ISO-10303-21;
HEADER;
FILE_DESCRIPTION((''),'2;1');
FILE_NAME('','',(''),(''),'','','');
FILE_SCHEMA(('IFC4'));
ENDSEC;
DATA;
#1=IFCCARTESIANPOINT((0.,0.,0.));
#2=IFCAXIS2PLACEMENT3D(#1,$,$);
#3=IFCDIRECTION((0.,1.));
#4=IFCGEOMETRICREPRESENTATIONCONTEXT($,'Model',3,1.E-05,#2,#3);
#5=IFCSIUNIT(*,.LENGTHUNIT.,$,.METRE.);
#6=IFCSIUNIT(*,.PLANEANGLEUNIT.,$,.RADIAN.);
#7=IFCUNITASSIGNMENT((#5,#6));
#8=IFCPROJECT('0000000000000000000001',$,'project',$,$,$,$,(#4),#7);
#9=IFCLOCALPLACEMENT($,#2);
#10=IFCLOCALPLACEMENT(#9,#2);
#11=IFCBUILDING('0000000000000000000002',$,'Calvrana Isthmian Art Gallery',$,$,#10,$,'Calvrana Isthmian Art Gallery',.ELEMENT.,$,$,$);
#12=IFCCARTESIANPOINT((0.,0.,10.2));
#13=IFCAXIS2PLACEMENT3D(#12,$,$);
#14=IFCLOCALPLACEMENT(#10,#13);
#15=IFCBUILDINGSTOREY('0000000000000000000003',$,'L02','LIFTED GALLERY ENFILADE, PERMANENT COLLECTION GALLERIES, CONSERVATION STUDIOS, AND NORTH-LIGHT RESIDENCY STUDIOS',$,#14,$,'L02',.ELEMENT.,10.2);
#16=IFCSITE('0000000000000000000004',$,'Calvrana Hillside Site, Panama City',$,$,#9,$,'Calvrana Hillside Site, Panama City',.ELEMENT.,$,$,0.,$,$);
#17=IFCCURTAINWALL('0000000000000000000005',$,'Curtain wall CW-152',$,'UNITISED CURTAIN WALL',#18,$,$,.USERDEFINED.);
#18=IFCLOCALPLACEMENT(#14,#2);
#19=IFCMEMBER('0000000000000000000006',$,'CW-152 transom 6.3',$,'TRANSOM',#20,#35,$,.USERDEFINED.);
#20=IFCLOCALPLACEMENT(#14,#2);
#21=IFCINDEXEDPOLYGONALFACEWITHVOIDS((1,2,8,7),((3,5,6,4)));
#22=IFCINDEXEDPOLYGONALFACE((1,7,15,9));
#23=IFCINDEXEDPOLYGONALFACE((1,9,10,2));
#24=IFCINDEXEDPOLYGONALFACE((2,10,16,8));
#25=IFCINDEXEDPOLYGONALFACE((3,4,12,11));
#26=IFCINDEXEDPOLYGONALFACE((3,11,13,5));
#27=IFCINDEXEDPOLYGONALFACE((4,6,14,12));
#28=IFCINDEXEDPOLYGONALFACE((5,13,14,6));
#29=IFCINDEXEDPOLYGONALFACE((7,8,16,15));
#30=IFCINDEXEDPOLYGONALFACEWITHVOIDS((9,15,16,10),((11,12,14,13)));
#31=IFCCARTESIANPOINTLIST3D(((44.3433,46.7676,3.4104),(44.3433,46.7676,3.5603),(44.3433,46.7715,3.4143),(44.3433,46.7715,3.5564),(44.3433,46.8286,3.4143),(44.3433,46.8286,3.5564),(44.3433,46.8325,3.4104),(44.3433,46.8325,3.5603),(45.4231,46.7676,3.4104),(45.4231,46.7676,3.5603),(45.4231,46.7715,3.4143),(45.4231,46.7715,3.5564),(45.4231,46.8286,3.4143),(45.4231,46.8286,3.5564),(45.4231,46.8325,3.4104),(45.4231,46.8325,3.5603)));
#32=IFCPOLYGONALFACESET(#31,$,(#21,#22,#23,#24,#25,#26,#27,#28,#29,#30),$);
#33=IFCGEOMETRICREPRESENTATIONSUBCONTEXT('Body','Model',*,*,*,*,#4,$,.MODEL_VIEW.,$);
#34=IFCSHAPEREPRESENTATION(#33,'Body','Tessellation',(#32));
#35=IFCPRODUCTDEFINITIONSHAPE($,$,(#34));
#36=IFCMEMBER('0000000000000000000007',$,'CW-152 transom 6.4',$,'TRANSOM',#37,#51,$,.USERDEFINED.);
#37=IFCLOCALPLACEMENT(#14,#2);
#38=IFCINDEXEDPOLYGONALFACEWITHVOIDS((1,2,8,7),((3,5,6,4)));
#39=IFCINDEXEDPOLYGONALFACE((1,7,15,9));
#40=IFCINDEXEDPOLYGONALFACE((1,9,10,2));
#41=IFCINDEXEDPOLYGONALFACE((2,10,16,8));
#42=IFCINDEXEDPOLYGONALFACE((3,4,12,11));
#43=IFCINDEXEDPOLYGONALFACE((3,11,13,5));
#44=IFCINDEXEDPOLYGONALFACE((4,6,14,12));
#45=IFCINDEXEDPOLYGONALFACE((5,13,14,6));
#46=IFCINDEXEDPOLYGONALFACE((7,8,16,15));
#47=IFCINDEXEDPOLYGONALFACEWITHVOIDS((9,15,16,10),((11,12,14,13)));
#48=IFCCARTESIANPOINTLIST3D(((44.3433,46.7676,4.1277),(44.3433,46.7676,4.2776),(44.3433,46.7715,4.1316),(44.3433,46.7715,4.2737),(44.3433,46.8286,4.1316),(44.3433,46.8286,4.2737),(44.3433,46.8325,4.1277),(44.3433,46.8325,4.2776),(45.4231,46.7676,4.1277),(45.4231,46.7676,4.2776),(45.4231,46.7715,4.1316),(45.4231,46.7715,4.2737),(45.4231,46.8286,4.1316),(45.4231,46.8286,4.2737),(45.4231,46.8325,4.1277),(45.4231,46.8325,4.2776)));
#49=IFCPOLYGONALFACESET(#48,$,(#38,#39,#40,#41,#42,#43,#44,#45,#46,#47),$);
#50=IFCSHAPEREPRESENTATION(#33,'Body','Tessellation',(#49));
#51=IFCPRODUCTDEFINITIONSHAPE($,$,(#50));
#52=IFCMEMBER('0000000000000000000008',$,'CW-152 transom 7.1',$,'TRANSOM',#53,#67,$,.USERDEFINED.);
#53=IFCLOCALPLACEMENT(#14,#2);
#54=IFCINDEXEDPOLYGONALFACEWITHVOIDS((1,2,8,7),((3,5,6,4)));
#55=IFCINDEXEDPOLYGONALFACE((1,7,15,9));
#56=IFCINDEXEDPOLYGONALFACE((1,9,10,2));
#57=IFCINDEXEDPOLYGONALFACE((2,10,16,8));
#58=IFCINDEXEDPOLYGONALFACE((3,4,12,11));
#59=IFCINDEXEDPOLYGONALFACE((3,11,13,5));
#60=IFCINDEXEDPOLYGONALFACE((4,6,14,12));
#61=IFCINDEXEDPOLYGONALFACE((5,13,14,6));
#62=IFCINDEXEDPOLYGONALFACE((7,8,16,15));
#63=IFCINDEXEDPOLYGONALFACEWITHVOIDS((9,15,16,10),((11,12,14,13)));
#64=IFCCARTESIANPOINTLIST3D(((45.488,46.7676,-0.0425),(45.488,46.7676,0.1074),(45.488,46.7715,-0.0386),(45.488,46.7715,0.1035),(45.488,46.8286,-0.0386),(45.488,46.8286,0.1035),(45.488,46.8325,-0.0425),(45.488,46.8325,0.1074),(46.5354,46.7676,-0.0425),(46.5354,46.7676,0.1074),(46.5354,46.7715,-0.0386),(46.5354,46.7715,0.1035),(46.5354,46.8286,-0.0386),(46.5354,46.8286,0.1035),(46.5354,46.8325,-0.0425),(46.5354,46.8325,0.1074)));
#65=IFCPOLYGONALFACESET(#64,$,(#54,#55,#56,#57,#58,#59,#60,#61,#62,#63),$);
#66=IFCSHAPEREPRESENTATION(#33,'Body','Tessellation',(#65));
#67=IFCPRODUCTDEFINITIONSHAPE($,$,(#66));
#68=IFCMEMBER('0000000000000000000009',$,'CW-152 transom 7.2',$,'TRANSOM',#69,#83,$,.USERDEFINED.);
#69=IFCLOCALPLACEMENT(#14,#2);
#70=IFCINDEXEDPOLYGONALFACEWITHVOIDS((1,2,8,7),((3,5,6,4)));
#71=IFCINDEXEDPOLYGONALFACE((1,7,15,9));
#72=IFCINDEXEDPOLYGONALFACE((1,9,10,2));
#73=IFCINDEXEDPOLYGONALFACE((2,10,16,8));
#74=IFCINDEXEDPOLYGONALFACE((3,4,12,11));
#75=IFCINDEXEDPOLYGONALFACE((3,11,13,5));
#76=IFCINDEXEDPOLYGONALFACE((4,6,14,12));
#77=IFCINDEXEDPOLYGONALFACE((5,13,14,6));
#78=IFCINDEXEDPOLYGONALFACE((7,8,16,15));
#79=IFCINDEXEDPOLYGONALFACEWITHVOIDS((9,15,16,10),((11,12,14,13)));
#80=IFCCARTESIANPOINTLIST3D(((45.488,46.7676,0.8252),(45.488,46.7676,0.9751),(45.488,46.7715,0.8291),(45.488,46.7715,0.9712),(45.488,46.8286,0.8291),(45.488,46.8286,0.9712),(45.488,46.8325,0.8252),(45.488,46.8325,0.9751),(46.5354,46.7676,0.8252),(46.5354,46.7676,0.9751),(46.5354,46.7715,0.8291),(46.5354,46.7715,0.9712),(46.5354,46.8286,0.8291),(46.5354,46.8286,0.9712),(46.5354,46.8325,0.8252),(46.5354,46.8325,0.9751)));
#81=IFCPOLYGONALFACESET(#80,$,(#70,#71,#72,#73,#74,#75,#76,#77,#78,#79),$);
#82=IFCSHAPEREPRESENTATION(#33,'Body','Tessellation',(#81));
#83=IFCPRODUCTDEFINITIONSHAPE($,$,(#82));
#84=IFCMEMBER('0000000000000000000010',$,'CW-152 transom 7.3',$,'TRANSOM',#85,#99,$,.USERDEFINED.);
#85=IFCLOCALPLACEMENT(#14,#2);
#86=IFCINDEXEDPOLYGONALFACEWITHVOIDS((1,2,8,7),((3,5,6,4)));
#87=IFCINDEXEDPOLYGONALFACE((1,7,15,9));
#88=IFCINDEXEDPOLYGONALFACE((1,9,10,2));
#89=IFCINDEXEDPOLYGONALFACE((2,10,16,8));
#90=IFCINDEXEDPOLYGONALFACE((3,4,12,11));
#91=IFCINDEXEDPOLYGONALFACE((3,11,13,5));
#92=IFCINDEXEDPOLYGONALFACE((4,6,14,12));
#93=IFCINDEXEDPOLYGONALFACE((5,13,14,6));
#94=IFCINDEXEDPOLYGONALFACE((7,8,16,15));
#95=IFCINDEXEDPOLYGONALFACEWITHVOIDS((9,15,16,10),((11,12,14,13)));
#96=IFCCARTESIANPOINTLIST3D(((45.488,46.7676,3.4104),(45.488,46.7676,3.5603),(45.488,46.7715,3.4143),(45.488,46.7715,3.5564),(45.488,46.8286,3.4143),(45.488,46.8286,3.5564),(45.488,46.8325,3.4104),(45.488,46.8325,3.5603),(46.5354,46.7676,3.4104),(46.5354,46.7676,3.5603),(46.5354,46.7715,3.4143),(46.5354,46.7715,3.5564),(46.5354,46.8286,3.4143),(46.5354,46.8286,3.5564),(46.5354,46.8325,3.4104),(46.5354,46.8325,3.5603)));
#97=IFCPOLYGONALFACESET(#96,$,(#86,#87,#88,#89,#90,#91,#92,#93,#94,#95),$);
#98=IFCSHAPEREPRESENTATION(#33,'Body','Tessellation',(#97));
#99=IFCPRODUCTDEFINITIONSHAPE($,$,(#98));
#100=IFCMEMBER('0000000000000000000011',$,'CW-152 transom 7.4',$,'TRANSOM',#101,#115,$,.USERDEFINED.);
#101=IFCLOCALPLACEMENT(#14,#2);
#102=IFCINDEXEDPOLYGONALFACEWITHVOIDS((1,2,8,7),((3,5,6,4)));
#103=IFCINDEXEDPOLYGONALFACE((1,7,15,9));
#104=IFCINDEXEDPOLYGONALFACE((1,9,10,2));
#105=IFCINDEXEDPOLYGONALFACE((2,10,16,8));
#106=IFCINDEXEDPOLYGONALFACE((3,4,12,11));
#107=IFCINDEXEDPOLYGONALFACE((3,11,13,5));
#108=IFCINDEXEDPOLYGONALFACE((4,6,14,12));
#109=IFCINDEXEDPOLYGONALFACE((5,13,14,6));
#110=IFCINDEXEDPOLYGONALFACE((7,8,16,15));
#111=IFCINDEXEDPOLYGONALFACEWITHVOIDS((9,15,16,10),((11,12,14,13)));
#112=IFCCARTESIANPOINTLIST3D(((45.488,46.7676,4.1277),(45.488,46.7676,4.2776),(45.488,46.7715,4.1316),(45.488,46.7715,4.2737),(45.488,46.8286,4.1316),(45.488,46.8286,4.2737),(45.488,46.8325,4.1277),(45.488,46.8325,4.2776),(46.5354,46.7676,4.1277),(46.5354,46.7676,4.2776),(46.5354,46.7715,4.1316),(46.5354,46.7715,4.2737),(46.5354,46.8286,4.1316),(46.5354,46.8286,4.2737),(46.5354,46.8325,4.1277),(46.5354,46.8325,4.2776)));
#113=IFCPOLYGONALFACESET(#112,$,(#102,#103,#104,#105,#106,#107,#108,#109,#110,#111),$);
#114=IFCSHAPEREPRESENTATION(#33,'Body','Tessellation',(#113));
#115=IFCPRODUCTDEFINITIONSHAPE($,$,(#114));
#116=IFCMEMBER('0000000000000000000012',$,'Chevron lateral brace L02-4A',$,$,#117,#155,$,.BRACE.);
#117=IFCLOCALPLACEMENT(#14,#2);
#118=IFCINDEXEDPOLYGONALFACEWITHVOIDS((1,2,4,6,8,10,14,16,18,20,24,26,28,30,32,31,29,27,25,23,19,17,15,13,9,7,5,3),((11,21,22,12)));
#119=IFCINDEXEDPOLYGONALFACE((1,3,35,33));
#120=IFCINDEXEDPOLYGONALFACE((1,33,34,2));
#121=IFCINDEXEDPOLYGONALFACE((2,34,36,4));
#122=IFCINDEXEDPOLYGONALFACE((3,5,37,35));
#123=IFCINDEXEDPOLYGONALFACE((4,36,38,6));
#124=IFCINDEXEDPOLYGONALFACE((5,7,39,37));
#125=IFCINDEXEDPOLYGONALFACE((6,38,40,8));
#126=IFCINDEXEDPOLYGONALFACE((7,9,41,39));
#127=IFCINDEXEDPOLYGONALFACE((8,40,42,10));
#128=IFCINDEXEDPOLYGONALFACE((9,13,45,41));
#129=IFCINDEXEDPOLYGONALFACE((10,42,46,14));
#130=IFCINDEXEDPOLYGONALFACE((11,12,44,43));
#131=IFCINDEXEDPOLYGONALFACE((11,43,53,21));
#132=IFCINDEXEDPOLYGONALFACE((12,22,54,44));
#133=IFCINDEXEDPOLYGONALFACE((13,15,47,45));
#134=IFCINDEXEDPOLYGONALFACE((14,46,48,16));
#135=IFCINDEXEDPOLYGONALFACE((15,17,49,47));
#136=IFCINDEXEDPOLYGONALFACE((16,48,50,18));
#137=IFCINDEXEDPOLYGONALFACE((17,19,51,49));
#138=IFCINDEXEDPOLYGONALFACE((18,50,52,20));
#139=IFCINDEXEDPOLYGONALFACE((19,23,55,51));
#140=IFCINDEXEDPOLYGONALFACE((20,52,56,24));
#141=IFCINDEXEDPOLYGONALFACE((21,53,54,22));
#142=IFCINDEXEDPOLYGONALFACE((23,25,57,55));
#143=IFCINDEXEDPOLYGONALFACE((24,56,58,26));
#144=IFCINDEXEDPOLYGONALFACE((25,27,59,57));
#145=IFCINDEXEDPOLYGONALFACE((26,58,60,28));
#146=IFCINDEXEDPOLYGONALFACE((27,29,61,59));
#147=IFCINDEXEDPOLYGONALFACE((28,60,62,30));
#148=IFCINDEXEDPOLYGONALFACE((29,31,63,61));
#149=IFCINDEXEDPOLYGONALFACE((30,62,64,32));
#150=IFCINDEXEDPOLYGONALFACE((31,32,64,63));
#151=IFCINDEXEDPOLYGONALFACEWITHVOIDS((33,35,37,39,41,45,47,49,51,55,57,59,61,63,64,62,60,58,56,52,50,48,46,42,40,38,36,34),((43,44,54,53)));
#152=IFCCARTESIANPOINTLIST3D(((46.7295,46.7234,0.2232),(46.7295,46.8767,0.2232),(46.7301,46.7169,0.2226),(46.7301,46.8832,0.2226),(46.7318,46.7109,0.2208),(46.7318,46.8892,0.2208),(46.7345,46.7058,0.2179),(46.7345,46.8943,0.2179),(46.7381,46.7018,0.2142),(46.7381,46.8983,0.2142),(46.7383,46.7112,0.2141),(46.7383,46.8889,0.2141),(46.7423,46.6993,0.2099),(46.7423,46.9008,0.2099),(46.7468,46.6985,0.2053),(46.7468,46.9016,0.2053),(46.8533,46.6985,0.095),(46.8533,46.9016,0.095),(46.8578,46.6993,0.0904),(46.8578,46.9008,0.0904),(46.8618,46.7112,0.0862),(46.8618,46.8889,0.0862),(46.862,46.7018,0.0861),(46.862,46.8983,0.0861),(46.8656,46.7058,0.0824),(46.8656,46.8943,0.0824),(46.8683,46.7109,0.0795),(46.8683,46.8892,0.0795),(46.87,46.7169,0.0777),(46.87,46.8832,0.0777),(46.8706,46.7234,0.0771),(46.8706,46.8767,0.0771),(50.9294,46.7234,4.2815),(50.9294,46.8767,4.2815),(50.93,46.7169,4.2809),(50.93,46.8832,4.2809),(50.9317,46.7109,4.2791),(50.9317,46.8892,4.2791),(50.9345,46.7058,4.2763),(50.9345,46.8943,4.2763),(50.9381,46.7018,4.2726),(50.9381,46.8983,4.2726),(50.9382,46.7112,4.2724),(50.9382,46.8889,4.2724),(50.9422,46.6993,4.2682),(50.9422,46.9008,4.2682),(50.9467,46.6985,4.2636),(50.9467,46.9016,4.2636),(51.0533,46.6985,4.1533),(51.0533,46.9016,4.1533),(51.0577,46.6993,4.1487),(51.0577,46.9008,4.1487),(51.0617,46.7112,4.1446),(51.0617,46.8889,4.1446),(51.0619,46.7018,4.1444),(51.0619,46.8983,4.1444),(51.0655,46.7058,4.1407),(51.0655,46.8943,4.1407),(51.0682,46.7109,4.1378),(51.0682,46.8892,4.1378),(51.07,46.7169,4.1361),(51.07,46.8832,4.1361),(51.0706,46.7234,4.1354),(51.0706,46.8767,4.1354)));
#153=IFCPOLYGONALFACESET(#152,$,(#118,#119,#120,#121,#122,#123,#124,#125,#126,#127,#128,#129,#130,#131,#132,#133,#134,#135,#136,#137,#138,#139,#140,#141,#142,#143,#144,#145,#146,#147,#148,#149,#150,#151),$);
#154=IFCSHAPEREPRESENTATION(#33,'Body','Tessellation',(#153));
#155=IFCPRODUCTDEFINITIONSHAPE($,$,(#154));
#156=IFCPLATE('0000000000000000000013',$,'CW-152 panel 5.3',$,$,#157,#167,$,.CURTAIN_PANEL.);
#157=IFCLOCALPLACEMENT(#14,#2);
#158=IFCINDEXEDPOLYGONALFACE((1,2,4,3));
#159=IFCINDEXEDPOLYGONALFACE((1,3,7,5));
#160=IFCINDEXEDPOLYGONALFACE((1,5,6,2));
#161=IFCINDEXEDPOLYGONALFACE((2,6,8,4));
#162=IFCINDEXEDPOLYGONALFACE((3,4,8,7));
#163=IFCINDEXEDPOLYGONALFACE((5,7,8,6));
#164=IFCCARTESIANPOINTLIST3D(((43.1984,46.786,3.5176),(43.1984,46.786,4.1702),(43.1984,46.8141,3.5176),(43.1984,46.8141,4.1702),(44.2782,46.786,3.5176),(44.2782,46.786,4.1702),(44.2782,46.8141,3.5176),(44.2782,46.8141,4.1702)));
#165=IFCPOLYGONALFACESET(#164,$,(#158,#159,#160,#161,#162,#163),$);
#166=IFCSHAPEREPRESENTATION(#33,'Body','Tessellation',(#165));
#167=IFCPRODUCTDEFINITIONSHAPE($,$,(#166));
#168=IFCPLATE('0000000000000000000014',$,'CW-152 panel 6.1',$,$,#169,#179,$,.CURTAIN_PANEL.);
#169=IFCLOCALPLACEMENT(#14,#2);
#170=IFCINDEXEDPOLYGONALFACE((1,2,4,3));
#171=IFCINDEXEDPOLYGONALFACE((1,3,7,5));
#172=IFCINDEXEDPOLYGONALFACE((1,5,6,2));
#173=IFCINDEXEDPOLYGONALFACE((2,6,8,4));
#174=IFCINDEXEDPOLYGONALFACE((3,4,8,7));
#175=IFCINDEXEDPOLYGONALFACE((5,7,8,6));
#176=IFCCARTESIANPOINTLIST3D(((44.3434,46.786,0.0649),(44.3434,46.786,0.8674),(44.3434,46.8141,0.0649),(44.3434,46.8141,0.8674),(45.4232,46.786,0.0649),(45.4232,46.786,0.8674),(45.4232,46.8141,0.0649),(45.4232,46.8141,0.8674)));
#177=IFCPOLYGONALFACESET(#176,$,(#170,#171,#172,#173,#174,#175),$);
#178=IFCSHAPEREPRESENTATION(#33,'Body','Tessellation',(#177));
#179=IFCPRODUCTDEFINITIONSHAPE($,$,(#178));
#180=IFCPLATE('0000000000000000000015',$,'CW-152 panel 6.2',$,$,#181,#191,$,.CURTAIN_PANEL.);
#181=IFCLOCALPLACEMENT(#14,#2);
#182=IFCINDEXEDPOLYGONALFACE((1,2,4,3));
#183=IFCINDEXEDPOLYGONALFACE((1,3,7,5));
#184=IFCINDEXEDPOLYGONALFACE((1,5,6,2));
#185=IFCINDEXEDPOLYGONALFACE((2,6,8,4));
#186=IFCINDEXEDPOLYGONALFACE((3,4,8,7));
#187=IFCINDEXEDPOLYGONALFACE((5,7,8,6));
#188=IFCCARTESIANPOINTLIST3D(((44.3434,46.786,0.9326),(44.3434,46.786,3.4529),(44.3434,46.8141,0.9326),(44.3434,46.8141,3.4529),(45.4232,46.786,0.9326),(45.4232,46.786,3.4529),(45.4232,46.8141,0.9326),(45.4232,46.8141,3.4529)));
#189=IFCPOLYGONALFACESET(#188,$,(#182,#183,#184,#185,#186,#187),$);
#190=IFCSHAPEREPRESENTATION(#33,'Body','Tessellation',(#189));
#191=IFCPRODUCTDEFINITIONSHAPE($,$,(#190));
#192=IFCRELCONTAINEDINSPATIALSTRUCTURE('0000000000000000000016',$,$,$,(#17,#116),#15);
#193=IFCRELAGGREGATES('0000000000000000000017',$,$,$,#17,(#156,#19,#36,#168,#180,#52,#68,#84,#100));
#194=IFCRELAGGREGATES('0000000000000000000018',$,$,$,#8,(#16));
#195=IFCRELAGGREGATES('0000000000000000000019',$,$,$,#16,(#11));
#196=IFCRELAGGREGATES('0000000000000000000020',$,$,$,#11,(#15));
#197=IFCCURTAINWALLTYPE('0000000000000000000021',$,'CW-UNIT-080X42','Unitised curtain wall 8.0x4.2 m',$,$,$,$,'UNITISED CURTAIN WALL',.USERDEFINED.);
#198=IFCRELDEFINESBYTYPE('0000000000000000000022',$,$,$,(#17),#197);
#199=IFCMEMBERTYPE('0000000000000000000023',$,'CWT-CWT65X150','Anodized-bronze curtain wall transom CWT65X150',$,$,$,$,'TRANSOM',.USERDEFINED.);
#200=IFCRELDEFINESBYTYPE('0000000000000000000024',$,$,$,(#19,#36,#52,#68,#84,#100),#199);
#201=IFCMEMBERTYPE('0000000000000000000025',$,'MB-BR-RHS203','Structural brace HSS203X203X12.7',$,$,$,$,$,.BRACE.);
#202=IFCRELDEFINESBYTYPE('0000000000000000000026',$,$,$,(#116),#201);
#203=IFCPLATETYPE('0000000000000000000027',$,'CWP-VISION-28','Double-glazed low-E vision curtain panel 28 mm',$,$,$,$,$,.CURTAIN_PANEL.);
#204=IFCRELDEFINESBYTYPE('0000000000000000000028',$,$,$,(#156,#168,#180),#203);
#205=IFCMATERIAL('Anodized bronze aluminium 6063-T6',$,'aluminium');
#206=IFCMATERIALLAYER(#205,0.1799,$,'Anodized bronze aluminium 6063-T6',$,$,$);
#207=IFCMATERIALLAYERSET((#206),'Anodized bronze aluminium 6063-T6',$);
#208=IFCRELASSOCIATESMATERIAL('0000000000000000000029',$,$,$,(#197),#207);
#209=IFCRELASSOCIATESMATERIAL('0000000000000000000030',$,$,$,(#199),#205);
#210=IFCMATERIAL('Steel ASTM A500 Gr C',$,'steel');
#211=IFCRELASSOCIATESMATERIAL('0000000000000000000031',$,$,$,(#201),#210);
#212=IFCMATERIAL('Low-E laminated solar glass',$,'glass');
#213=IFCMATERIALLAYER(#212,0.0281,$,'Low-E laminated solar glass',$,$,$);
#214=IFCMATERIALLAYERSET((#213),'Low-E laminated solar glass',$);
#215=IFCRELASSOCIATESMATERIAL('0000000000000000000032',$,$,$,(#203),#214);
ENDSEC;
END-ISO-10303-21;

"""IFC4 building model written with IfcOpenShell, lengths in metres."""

from ifc_helpers import new_model, si_unit, direction, frame, origin, origin_2d, place, context, subcontext, project, spatial, rectangle, hollow_rectangle, extrude, material, layer, layer_set, material_profile, profile_set, type_object, element, aggregate, save


model = new_model("IFC4")

# Units and contexts
model_context = context("Model", 3, precision=1e-05, world=origin(), true_north=direction((0.0, 1.0)))
body_context = subcontext(model_context, "Body", "Model", "MODEL_VIEW")
ifc_project = project(units=[si_unit("LENGTHUNIT", "METRE"), si_unit("PLANEANGLEUNIT", "RADIAN")], contexts=[model_context])

# Site, building, storey
site_placement = place(None, origin())
site = spatial("IfcSite", under=ifc_project, at=site_placement, Name="Calvrana Hillside Site, Panama City", LongName="Calvrana Hillside Site, Panama City", CompositionType="ELEMENT", RefElevation=0.0)
building_placement = place(site_placement, origin())
building = spatial("IfcBuilding", under=site, at=building_placement, Name="Calvrana Isthmian Art Gallery", LongName="Calvrana Isthmian Art Gallery", CompositionType="ELEMENT")
storey_placement = place(building_placement, frame((0.0, 0.0, 10.2)))
storey = spatial("IfcBuildingStorey", under=building, at=storey_placement, Name="L02", Description="LIFTED GALLERY ENFILADE, PERMANENT COLLECTION GALLERIES, CONSERVATION STUDIOS, AND NORTH-LIGHT RESIDENCY STUDIOS", LongName="L02", CompositionType="ELEMENT", Elevation=10.2)

# Shared definitions
ifc_material_1 = material(Name="Steel ASTM A500 Gr C", Category="steel")

# Curtain wall, members
ifc_material_2 = material(Name="Anodized bronze aluminium 6063-T6", Category="aluminium")
ifc_layer_1 = layer(ifc_material_2, 0.1799, Name="Anodized bronze aluminium 6063-T6")
ifc_layer_set_1 = layer_set([ifc_layer_1], Name="Anodized bronze aluminium 6063-T6")
curtain_wall_type = type_object("IfcCurtainWallType", Name="CW-UNIT-080X42", Description="Unitised curtain wall 8.0x4.2 m", ElementType="UNITISED CURTAIN WALL", PredefinedType="USERDEFINED", material=ifc_layer_set_1)
curtain_wall_placement = place(storey_placement, origin())
curtain_wall = element("IfcCurtainWall", 1, at=curtain_wall_placement, inside=storey, type_object=curtain_wall_type, Name="Curtain wall CW-152", ObjectType="UNITISED CURTAIN WALL", PredefinedType="USERDEFINED")
ifc_material_profile_1 = material_profile(ifc_material_2, hollow_rectangle(XDim=0.0649, YDim=0.1499, WallThickness=0.0039, at=origin_2d()), Name="CWT65X150")
ifc_profile_set_1 = profile_set([ifc_material_profile_1], Name="Anodized bronze aluminium 6063-T6")
member_type_1 = type_object("IfcMemberType", Name="CWT-CWT65X150", Description="Anodized-bronze curtain wall transom CWT65X150", ElementType="TRANSOM", PredefinedType="USERDEFINED", material=ifc_profile_set_1)
member_1_placement = place(storey_placement, frame((44.3433, 46.8, 3.4854), z_axis=(1.0, 0.0, 0.0), x_axis=(0.0, 1.0, 0.0)))
member_1 = element("IfcMember", 2, at=member_1_placement, type_object=member_type_1, Name="CW-152 transom 6.3", ObjectType="TRANSOM", PredefinedType="USERDEFINED", context=body_context, shape_type="SweptSolid", body=[
    extrude(hollow_rectangle(XDim=0.0649, YDim=0.1499, WallThickness=0.0039, at=origin_2d()), origin(), (0.0, 0.0, 1.0), 1.0798),
])
member_2_placement = place(storey_placement, frame((44.3433, 46.8, 4.2026), z_axis=(1.0, 0.0, 0.0), x_axis=(0.0, 1.0, 0.0)))
member_2 = element("IfcMember", 3, at=member_2_placement, type_object=member_type_1, Name="CW-152 transom 6.4", ObjectType="TRANSOM", PredefinedType="USERDEFINED", context=body_context, shape_type="SweptSolid", body=[
    extrude(hollow_rectangle(XDim=0.0649, YDim=0.1499, WallThickness=0.0039, at=origin_2d()), origin(), (0.0, 0.0, 1.0), 1.0798),
])
member_3_placement = place(storey_placement, frame((45.488, 46.8, 0.0325), z_axis=(1.0, 0.0, 0.0), x_axis=(0.0, 1.0, 0.0)))
member_3 = element("IfcMember", 4, at=member_3_placement, type_object=member_type_1, Name="CW-152 transom 7.1", ObjectType="TRANSOM", PredefinedType="USERDEFINED", context=body_context, shape_type="SweptSolid", body=[
    extrude(hollow_rectangle(XDim=0.0649, YDim=0.1499, WallThickness=0.0039, at=origin_2d()), origin(), (0.0, 0.0, 1.0), 1.0474),
])
member_4_placement = place(storey_placement, frame((45.488, 46.8, 0.9001), z_axis=(1.0, 0.0, 0.0), x_axis=(0.0, 1.0, 0.0)))
member_4 = element("IfcMember", 5, at=member_4_placement, type_object=member_type_1, Name="CW-152 transom 7.2", ObjectType="TRANSOM", PredefinedType="USERDEFINED", context=body_context, shape_type="SweptSolid", body=[
    extrude(hollow_rectangle(XDim=0.0649, YDim=0.1499, WallThickness=0.0039, at=origin_2d()), origin(), (0.0, 0.0, 1.0), 1.0474),
])
member_5_placement = place(storey_placement, frame((45.488, 46.8, 3.4854), z_axis=(1.0, 0.0, 0.0), x_axis=(0.0, 1.0, 0.0)))
member_5 = element("IfcMember", 6, at=member_5_placement, type_object=member_type_1, Name="CW-152 transom 7.3", ObjectType="TRANSOM", PredefinedType="USERDEFINED", context=body_context, shape_type="SweptSolid", body=[
    extrude(hollow_rectangle(XDim=0.0649, YDim=0.1499, WallThickness=0.0039, at=origin_2d()), origin(), (0.0, 0.0, 1.0), 1.0474),
])
member_6_placement = place(storey_placement, frame((45.488, 46.8, 4.2026), z_axis=(1.0, 0.0, 0.0), x_axis=(0.0, 1.0, 0.0)))
member_6 = element("IfcMember", 7, at=member_6_placement, type_object=member_type_1, Name="CW-152 transom 7.4", ObjectType="TRANSOM", PredefinedType="USERDEFINED", context=body_context, shape_type="SweptSolid", body=[
    extrude(hollow_rectangle(XDim=0.0649, YDim=0.1499, WallThickness=0.0039, at=origin_2d()), origin(), (0.0, 0.0, 1.0), 1.0474),
])

# Member
ifc_material_profile_2 = material_profile(ifc_material_1, hollow_rectangle(XDim=0.2031, YDim=0.2031, WallThickness=0.0127, OuterFilletRadius=0.0249, at=origin_2d()), Name="HSS203X203X12.7")
ifc_profile_set_2 = profile_set([ifc_material_profile_2], Name="Steel ASTM A500 Gr C")
member_type_2 = type_object("IfcMemberType", Name="MB-BR-RHS203", Description="Structural brace HSS203X203X12.7", PredefinedType="BRACE", material=ifc_profile_set_2)
member_7_placement = place(storey_placement, frame((46.8, 46.8, 0.1501), z_axis=(0.719126, 0.0, 0.69488), x_axis=(0.0, 1.0, 0.0)))
element("IfcMember", 8, at=member_7_placement, inside=storey, type_object=member_type_2, Name="Chevron lateral brace L02-4A", PredefinedType="BRACE", context=body_context, shape_type="SweptSolid", body=[
    extrude(hollow_rectangle(XDim=0.2031, YDim=0.2031, WallThickness=0.0127, OuterFilletRadius=0.0249, at=origin_2d()), origin(), (0.0, 0.0, 1.0), 5.8403),
])

# Plates
ifc_material_3 = material(Name="Low-E laminated solar glass", Category="glass")
ifc_layer_2 = layer(ifc_material_3, 0.0281, Name="Low-E laminated solar glass")
ifc_layer_set_2 = layer_set([ifc_layer_2], Name="Low-E laminated solar glass")
plate_type_1 = type_object("IfcPlateType", Name="CWP-VISION-28", Description="Double-glazed low-E vision curtain panel 28 mm", PredefinedType="CURTAIN_PANEL", material=ifc_layer_set_2)
plate_1_placement = place(storey_placement, frame((43.7383, 46.8, 3.5176), z_axis=(0.0, 0.0, 1.0), x_axis=(1.0, 0.0, 0.0)))
plate_1 = element("IfcPlate", 9, at=plate_1_placement, type_object=plate_type_1, Name="CW-152 panel 5.3", PredefinedType="CURTAIN_PANEL", context=body_context, shape_type="SweptSolid", body=[
    extrude(rectangle(XDim=1.0798, YDim=0.0281, at=origin_2d()), origin(), (0.0, 0.0, 1.0), 0.6526),
])
plate_2_placement = place(storey_placement, frame((44.8833, 46.8, 0.0649), z_axis=(0.0, 0.0, 1.0), x_axis=(1.0, 0.0, 0.0)))
plate_2 = element("IfcPlate", 10, at=plate_2_placement, type_object=plate_type_1, Name="CW-152 panel 6.1", PredefinedType="CURTAIN_PANEL", context=body_context, shape_type="SweptSolid", body=[
    extrude(rectangle(XDim=1.0798, YDim=0.0281, at=origin_2d()), origin(), (0.0, 0.0, 1.0), 0.8025),
])
plate_3_placement = place(storey_placement, frame((44.8833, 46.8, 0.9326), z_axis=(0.0, 0.0, 1.0), x_axis=(1.0, 0.0, 0.0)))
plate_3 = element("IfcPlate", 11, at=plate_3_placement, type_object=plate_type_1, Name="CW-152 panel 6.2", PredefinedType="CURTAIN_PANEL", context=body_context, shape_type="SweptSolid", body=[
    extrude(rectangle(XDim=1.0798, YDim=0.0281, at=origin_2d()), origin(), (0.0, 0.0, 1.0), 2.5203),
])
aggregate(curtain_wall, [plate_1, member_1, member_2, plate_2, plate_3, member_3, member_4, member_5, member_6])

save(model, "model.ifc")
